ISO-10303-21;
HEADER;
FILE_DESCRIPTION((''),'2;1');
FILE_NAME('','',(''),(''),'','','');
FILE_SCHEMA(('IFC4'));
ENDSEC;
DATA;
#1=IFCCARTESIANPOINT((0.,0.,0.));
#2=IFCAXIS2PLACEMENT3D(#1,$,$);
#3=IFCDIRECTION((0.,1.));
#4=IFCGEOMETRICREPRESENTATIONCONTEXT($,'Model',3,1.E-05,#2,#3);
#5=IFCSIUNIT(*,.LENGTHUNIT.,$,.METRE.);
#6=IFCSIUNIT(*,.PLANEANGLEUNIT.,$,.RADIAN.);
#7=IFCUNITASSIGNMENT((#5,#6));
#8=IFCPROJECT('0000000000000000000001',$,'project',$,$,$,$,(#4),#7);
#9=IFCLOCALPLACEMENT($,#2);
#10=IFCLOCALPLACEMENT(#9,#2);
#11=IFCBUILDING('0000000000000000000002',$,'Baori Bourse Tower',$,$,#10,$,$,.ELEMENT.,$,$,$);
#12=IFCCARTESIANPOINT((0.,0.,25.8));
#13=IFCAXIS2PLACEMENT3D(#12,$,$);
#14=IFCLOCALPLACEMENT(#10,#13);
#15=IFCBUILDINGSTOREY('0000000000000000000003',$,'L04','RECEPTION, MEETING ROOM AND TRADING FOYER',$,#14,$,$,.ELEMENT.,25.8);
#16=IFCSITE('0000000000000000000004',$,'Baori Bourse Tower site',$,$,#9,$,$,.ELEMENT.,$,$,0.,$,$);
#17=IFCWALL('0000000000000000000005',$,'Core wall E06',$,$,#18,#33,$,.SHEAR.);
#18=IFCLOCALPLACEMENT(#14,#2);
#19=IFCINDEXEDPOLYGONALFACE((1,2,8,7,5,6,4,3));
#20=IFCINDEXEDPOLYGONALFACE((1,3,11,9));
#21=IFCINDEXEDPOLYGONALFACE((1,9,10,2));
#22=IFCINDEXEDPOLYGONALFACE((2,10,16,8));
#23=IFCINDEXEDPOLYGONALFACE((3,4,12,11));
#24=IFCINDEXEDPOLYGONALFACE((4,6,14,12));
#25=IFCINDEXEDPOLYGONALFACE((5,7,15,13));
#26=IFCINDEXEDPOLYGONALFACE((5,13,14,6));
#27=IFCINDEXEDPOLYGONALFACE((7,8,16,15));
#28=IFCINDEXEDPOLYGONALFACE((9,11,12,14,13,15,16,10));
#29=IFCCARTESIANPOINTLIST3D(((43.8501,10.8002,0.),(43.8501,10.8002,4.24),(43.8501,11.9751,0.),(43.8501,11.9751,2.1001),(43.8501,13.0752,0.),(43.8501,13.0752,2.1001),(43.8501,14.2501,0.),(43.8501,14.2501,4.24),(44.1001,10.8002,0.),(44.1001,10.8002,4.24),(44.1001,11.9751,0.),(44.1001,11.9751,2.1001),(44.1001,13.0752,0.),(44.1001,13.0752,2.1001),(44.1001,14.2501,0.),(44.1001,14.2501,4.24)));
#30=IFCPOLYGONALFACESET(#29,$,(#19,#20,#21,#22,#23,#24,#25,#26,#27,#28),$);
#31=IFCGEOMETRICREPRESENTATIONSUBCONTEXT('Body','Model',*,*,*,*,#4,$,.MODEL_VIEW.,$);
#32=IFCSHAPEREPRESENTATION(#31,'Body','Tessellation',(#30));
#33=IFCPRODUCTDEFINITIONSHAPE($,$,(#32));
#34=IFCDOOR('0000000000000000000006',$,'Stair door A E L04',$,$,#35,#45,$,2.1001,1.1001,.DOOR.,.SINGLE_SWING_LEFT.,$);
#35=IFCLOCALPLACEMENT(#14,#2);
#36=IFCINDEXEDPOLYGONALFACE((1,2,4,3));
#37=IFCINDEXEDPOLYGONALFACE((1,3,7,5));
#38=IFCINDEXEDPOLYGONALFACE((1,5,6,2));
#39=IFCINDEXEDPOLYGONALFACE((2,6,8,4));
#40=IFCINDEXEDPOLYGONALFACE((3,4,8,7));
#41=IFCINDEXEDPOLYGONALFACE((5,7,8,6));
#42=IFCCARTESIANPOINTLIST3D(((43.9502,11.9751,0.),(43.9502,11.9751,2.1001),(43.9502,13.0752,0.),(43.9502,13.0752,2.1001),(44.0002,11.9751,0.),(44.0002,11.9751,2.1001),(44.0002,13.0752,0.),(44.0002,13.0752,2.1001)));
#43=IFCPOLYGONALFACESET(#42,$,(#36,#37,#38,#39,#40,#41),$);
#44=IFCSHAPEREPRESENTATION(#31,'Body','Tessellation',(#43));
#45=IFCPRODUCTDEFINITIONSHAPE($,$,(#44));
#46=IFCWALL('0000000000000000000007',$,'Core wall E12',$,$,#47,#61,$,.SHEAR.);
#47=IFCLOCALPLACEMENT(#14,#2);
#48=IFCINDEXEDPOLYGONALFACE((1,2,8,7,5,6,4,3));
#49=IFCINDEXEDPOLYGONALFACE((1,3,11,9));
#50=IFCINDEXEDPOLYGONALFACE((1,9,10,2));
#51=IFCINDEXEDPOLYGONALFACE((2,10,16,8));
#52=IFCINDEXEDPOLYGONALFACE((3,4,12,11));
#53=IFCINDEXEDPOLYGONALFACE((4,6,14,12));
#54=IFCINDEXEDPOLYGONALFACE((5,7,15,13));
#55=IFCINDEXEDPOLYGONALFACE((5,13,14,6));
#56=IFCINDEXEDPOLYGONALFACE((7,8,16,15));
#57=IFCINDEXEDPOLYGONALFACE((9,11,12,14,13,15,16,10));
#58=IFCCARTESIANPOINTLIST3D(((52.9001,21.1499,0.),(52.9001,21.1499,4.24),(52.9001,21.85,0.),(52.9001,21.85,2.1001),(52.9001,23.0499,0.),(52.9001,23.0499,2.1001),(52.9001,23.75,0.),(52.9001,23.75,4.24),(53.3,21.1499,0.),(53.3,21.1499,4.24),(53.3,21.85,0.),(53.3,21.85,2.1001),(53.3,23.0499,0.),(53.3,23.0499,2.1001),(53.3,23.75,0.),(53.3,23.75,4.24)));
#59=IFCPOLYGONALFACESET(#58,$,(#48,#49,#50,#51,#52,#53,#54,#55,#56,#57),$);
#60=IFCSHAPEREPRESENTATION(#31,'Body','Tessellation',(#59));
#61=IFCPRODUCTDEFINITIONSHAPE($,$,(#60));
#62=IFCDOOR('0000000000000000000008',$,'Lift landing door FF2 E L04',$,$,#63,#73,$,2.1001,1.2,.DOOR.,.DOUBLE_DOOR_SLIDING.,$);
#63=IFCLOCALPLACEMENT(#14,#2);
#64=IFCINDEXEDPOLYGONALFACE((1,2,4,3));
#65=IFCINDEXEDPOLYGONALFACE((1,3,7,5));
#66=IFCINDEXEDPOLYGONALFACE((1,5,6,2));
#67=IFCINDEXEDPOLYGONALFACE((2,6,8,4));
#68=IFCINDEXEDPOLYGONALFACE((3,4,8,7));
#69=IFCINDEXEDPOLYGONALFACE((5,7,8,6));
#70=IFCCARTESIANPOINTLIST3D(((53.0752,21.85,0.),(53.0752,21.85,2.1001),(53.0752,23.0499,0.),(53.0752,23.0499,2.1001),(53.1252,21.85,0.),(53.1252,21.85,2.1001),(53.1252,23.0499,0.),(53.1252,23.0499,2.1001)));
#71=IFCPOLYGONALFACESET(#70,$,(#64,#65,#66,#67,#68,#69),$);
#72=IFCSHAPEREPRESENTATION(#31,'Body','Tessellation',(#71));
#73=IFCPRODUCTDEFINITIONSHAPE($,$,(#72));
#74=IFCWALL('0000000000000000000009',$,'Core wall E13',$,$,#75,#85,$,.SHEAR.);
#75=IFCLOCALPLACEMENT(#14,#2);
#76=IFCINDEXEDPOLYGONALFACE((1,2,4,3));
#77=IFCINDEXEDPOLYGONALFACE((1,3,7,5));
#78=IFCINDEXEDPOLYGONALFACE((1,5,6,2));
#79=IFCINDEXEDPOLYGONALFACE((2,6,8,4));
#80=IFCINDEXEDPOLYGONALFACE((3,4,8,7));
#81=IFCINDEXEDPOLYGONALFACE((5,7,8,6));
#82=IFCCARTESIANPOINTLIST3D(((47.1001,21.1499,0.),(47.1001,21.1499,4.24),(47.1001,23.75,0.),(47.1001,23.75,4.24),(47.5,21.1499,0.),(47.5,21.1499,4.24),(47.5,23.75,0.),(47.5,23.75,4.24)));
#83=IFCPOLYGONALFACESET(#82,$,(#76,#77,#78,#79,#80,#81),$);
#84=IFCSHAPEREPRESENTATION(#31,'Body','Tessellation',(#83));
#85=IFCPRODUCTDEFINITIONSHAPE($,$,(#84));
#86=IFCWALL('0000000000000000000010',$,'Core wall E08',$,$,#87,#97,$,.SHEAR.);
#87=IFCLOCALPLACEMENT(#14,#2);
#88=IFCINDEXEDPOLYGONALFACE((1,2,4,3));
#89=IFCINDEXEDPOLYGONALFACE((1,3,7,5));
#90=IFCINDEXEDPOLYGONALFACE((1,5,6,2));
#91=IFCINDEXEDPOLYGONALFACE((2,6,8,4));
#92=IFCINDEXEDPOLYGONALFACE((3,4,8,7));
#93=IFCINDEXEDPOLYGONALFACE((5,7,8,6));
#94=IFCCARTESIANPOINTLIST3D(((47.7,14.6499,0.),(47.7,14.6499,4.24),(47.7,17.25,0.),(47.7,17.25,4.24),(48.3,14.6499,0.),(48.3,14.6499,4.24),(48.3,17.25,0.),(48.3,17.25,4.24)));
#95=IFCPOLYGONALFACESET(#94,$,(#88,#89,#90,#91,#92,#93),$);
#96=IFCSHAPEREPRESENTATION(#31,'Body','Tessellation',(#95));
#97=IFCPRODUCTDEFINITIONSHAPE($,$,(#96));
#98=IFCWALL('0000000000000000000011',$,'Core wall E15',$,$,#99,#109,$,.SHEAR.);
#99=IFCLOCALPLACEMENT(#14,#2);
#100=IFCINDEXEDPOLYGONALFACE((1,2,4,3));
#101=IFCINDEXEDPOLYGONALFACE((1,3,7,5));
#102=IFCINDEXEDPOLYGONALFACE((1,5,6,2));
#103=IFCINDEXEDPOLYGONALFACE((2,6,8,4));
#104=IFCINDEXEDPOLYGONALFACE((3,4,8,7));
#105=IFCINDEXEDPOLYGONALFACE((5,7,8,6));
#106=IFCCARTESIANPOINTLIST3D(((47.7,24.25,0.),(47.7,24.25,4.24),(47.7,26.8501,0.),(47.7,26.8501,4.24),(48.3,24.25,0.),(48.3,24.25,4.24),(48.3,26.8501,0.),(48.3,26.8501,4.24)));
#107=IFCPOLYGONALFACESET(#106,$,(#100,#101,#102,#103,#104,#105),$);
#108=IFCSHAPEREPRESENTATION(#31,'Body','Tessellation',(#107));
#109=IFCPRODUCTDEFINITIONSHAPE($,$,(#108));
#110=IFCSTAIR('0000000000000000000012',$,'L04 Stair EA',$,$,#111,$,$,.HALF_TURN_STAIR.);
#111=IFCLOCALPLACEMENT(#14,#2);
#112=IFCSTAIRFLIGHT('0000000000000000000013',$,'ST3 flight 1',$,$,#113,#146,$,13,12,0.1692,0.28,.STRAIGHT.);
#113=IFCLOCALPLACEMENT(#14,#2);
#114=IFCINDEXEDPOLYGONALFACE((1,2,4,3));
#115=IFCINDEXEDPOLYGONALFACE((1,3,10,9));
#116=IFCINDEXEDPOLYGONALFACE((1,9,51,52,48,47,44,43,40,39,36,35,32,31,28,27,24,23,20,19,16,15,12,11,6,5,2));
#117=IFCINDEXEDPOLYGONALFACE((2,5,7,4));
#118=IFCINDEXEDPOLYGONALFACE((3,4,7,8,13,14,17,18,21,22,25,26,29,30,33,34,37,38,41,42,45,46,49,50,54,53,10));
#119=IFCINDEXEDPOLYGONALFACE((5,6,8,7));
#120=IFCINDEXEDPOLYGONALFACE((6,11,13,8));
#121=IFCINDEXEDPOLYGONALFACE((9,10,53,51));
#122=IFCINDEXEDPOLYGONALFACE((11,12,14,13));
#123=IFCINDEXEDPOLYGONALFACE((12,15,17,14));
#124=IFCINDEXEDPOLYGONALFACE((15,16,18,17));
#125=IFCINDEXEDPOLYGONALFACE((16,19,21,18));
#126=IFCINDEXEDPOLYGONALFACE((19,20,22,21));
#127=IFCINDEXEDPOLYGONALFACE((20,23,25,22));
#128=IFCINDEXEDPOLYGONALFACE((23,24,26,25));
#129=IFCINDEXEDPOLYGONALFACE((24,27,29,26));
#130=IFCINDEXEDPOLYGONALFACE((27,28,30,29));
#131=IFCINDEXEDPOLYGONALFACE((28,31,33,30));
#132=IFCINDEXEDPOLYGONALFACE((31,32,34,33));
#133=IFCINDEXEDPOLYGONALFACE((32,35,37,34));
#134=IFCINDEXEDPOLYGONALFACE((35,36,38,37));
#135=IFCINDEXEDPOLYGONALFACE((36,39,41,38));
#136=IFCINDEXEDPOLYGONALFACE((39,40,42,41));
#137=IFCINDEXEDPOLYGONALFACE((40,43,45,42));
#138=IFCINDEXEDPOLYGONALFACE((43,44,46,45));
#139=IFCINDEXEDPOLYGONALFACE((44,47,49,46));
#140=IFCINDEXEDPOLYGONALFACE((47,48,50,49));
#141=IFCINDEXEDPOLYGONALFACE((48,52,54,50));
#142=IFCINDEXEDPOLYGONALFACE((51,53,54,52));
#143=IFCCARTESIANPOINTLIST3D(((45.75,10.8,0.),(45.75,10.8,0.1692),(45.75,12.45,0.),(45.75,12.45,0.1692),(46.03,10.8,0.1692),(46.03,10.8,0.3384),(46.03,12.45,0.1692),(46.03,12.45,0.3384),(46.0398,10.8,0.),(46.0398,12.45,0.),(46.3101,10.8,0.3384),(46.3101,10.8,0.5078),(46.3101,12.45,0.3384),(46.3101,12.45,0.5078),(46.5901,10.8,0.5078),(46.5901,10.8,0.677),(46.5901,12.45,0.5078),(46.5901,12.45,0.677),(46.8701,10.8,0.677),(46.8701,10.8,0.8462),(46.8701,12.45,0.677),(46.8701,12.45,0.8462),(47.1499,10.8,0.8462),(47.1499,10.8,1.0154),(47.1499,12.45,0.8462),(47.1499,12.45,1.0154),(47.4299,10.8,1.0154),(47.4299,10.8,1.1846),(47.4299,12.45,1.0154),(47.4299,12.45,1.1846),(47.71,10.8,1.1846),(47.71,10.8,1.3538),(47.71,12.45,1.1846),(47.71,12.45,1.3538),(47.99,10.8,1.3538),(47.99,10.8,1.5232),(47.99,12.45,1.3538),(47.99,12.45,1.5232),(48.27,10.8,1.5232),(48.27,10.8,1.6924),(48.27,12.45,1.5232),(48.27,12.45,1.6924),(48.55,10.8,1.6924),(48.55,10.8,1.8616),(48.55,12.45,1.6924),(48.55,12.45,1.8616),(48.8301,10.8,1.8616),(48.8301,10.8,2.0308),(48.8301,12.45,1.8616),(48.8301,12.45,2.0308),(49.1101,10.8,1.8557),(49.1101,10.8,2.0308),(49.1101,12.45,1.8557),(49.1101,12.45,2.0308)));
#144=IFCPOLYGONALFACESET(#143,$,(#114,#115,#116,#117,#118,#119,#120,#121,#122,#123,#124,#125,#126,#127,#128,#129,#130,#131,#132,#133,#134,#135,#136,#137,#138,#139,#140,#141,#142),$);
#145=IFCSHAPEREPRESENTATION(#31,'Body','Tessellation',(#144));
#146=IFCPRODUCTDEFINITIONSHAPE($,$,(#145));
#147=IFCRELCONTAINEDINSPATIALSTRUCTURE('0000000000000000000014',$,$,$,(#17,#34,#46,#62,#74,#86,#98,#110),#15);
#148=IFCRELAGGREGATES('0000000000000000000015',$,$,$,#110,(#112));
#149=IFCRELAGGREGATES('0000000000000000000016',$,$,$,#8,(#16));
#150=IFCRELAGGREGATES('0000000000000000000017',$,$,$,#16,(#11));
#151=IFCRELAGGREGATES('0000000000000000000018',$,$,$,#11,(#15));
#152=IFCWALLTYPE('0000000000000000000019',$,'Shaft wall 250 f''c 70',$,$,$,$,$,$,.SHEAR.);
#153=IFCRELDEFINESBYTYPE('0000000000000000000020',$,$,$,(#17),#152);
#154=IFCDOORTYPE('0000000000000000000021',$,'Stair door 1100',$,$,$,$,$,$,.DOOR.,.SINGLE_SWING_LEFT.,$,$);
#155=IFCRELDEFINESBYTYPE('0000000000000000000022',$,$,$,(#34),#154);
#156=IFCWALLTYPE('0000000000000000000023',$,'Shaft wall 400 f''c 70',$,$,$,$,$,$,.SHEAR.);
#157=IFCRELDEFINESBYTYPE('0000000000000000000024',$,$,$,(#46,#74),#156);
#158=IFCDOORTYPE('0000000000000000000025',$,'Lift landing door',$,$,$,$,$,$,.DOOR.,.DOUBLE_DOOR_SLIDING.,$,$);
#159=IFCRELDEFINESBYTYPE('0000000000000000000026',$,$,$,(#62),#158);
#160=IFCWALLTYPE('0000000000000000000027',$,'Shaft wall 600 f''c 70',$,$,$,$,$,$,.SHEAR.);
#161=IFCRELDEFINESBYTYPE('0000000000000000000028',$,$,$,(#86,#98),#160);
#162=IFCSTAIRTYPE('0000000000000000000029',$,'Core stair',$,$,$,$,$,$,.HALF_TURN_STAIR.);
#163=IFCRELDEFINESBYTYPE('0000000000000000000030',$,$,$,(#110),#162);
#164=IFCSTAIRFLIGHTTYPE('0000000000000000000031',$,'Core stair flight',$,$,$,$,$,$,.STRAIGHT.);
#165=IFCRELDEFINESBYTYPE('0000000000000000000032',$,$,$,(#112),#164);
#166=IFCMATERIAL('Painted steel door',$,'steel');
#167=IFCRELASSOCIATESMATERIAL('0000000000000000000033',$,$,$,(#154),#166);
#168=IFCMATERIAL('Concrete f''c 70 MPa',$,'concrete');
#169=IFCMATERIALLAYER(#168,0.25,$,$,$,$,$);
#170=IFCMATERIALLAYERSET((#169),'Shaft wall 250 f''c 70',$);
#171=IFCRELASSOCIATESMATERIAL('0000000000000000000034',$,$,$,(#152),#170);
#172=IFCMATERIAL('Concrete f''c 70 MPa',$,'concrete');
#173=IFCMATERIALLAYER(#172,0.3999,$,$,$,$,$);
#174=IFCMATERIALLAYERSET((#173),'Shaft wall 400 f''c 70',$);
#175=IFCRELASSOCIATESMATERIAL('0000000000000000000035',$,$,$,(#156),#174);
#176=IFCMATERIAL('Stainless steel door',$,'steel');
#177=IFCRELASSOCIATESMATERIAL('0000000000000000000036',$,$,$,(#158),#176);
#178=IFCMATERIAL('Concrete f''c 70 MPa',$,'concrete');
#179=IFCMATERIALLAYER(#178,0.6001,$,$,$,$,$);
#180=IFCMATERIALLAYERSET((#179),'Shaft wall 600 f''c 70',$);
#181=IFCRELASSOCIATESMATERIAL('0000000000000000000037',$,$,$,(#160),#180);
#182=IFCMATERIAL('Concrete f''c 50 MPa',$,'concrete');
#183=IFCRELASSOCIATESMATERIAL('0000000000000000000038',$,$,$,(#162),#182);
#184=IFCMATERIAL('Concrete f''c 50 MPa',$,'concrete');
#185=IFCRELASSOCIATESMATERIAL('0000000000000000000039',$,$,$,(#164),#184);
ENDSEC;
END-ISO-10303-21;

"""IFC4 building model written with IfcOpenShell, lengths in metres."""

from ifc_helpers import new_model, si_unit, direction, frame, frame_2d, origin, place, context, subcontext, project, spatial, polyline, rectangle, outline, extrude, material, layer, layer_set, type_object, element, fill, aggregate, save


model = new_model("IFC4")

# Units and contexts
model_context = context("Model", 3, precision=1e-05, world=origin(), true_north=direction((0.0, 1.0)))
body_context = subcontext(model_context, "Body", "Model", "MODEL_VIEW")
ifc_project = project(units=[si_unit("LENGTHUNIT", "METRE"), si_unit("PLANEANGLEUNIT", "RADIAN")], contexts=[model_context])

# Site, building, storey
site_placement = place(None, origin())
site = spatial("IfcSite", under=ifc_project, at=site_placement, Name="Baori Bourse Tower site", CompositionType="ELEMENT", RefElevation=0.0)
building_placement = place(site_placement, origin())
building = spatial("IfcBuilding", under=site, at=building_placement, Name="Baori Bourse Tower", CompositionType="ELEMENT")
storey_placement = place(building_placement, frame((0.0, 0.0, 25.8)))
storey = spatial("IfcBuildingStorey", under=building, at=storey_placement, Name="L04", Description="RECEPTION, MEETING ROOM AND TRADING FOYER", CompositionType="ELEMENT", Elevation=25.8)

# Walls, openings, doors
ifc_material_1 = material(Name="Painted steel door", Category="steel")
door_type_1 = type_object("IfcDoorType", Name="Stair door 1100", OperationType="SINGLE_SWING_LEFT", PredefinedType="DOOR", material=ifc_material_1)
ifc_material_2 = material(Name="Concrete f'c 70 MPa", Category="concrete")
ifc_layer_1 = layer(ifc_material_2, 0.25)
ifc_layer_set_1 = layer_set([ifc_layer_1], Name="Shaft wall 250 f'c 70")
wall_type_1 = type_object("IfcWallType", Name="Shaft wall 250 f'c 70", PredefinedType="SHEAR", material=ifc_layer_set_1)
wall_1_placement = place(storey_placement, frame((43.9751, 10.8, 0.0), z_axis=(0.0, 0.0, 1.0), x_axis=(0.0, 1.0, 0.0)))
wall_1 = element("IfcWall", 1, at=wall_1_placement, inside=storey, type_object=wall_type_1, Name="Core wall E06", PredefinedType="SHEAR", context=body_context, shape_type="SweptSolid", body=[
    extrude(rectangle(XDim=3.45, YDim=0.25, at=frame_2d((1.7251, 0.0))), origin(), (0.0, 0.0, 1.0), 4.24),
])
opening_1_placement = place(wall_1_placement, frame((1.175, 0.0, 0.0)))
opening_1 = element("IfcOpeningElement", 2, at=opening_1_placement, cuts=wall_1, PredefinedType="OPENING", context=body_context, shape_type="SweptSolid", body=[
    extrude(rectangle(XDim=1.1001, YDim=2.1001, at=frame_2d((0.55, 1.05))), frame((0.0, 0.135, 0.0), z_axis=(0.0, -1.0, 0.0), x_axis=(1.0, 0.0, 0.0)), (0.0, 0.0, 1.0), 0.27),
])
door_1_placement = place(opening_1_placement, origin())
door_1 = element("IfcDoor", 3, at=door_1_placement, inside=storey, type_object=door_type_1, Name="Stair door A E L04", OperationType="SINGLE_SWING_LEFT", OverallHeight=2.1001, OverallWidth=1.1001, PredefinedType="DOOR", context=body_context, shape_type="SweptSolid", body=[
    extrude(rectangle(XDim=1.1001, YDim=2.1001, at=frame_2d((0.55, 1.05))), frame((0.0, 0.0249, 0.0), z_axis=(0.0, -1.0, 0.0), x_axis=(1.0, 0.0, 0.0)), (0.0, 0.0, 1.0), 0.05),
])
fill(opening_1, door_1)
ifc_material_3 = material(Name="Concrete f'c 70 MPa", Category="concrete")
ifc_layer_2 = layer(ifc_material_3, 0.3999)
ifc_layer_set_2 = layer_set([ifc_layer_2], Name="Shaft wall 400 f'c 70")
wall_type_2 = type_object("IfcWallType", Name="Shaft wall 400 f'c 70", PredefinedType="SHEAR", material=ifc_layer_set_2)
wall_2_placement = place(storey_placement, frame((53.1001, 21.1499, 0.0), z_axis=(0.0, 0.0, 1.0), x_axis=(0.0, 1.0, 0.0)))
wall_2 = element("IfcWall", 4, at=wall_2_placement, inside=storey, type_object=wall_type_2, Name="Core wall E12", PredefinedType="SHEAR", context=body_context, shape_type="SweptSolid", body=[
    extrude(rectangle(XDim=2.6001, YDim=0.3999, at=frame_2d((1.3, 0.0))), origin(), (0.0, 0.0, 1.0), 4.24),
])
opening_2_placement = place(wall_2_placement, frame((0.7, 0.0, 0.0)))
opening_2 = element("IfcOpeningElement", 5, at=opening_2_placement, cuts=wall_2, PredefinedType="OPENING", context=body_context, shape_type="SweptSolid", body=[
    extrude(rectangle(XDim=1.2, YDim=2.1001, at=frame_2d((0.6001, 1.05))), frame((0.0, 0.21, 0.0), z_axis=(0.0, -1.0, 0.0), x_axis=(1.0, 0.0, 0.0)), (0.0, 0.0, 1.0), 0.4199),
])
ifc_material_4 = material(Name="Stainless steel door", Category="steel")
door_type_2 = type_object("IfcDoorType", Name="Lift landing door", OperationType="DOUBLE_DOOR_SLIDING", PredefinedType="DOOR", material=ifc_material_4)
door_2_placement = place(opening_2_placement, origin())
door_2 = element("IfcDoor", 6, at=door_2_placement, inside=storey, type_object=door_type_2, Name="Lift landing door FF2 E L04", OperationType="DOUBLE_DOOR_SLIDING", OverallHeight=2.1001, OverallWidth=1.2, PredefinedType="DOOR", context=body_context, shape_type="SweptSolid", body=[
    extrude(rectangle(XDim=1.2, YDim=2.1001, at=frame_2d((0.6001, 1.05))), frame((0.0, 0.0249, 0.0), z_axis=(0.0, -1.0, 0.0), x_axis=(1.0, 0.0, 0.0)), (0.0, 0.0, 1.0), 0.05),
])
fill(opening_2, door_2)

# Walls
wall_3_placement = place(storey_placement, frame((47.3, 21.1499, 0.0), z_axis=(0.0, 0.0, 1.0), x_axis=(0.0, 1.0, 0.0)))
element("IfcWall", 7, at=wall_3_placement, inside=storey, type_object=wall_type_2, Name="Core wall E13", PredefinedType="SHEAR", context=body_context, shape_type="SweptSolid", body=[
    extrude(rectangle(XDim=2.6001, YDim=0.3999, at=frame_2d((1.3, 0.0))), origin(), (0.0, 0.0, 1.0), 4.24),
])
ifc_material_5 = material(Name="Concrete f'c 70 MPa", Category="concrete")
ifc_layer_3 = layer(ifc_material_5, 0.6001)
ifc_layer_set_3 = layer_set([ifc_layer_3], Name="Shaft wall 600 f'c 70")
wall_type_3 = type_object("IfcWallType", Name="Shaft wall 600 f'c 70", PredefinedType="SHEAR", material=ifc_layer_set_3)
for number, where, z_axis, x_axis, name in (
    (8, (48.0, 14.6499, 0.0), (0.0, 0.0, 1.0), (0.0, 1.0, 0.0), "Core wall E08"),
    (9, (48.0, 24.25, 0.0), (0.0, 0.0, 1.0), (0.0, 1.0, 0.0), "Core wall E15"),
):
    element("IfcWall", number, at=place(storey_placement, frame(where, z_axis=z_axis, x_axis=x_axis)), inside=storey, type_object=wall_type_3, Name=name, PredefinedType="SHEAR", context=body_context, shape_type="SweptSolid", body=[
        extrude(rectangle(XDim=2.6001, YDim=0.6001, at=frame_2d((1.3, 0.0))), origin(), (0.0, 0.0, 1.0), 4.24),
    ])

# Stair, stair flight
ifc_material_6 = material(Name="Concrete f'c 50 MPa", Category="concrete")
stair_type = type_object("IfcStairType", Name="Core stair", PredefinedType="HALF_TURN_STAIR", material=ifc_material_6)
stair_placement = place(storey_placement, origin())
stair = element("IfcStair", 10, at=stair_placement, inside=storey, type_object=stair_type, Name="L04 Stair EA", PredefinedType="HALF_TURN_STAIR")
ifc_material_7 = material(Name="Concrete f'c 50 MPa", Category="concrete")
stair_flight_type = type_object("IfcStairFlightType", Name="Core stair flight", PredefinedType="STRAIGHT", material=ifc_material_7)
stair_flight_1_placement = place(storey_placement, frame((45.75, 11.625, 0.0), z_axis=(0.0, 0.0, 1.0), x_axis=(1.0, 0.0, 0.0)))
stair_flight_1 = element("IfcStairFlight", 11, at=stair_flight_1_placement, type_object=stair_flight_type, Name="ST3 flight 1", NumberOfRisers=13, NumberOfTreads=12, PredefinedType="STRAIGHT", RiserHeight=0.1692, TreadLength=0.28, context=body_context, shape_type="SweptSolid", body=[
    extrude(outline(polyline([(0.0, 0.0), (0.0, 0.1692), (0.28, 0.1692), (0.28, 0.3384), (0.5601, 0.3384), (0.5601, 0.5078), (0.8401, 0.5078), (0.8401, 0.677), (1.1201, 0.677), (1.1201, 0.8462), (1.3999, 0.8462), (1.3999, 1.0154), (1.6799, 1.0154), (1.6799, 1.1846), (1.96, 1.1846), (1.96, 1.3538), (2.24, 1.3538), (2.24, 1.5232), (2.52, 1.5232), (2.52, 1.6924), (2.8, 1.6924), (2.8, 1.8616), (3.0801, 1.8616), (3.0801, 2.0308), (3.3601, 2.0308), (3.3601, 2.2), (3.3601, 1.8557), (0.2898, 0.0), (0.0, 0.0)])), frame((0.0, 0.825, 0.0), z_axis=(0.0, -1.0, 0.0), x_axis=(1.0, 0.0, 0.0)), (0.0, 0.0, 1.0), 1.6499),
])
aggregate(stair, [stair_flight_1])

save(model, "model.ifc")
